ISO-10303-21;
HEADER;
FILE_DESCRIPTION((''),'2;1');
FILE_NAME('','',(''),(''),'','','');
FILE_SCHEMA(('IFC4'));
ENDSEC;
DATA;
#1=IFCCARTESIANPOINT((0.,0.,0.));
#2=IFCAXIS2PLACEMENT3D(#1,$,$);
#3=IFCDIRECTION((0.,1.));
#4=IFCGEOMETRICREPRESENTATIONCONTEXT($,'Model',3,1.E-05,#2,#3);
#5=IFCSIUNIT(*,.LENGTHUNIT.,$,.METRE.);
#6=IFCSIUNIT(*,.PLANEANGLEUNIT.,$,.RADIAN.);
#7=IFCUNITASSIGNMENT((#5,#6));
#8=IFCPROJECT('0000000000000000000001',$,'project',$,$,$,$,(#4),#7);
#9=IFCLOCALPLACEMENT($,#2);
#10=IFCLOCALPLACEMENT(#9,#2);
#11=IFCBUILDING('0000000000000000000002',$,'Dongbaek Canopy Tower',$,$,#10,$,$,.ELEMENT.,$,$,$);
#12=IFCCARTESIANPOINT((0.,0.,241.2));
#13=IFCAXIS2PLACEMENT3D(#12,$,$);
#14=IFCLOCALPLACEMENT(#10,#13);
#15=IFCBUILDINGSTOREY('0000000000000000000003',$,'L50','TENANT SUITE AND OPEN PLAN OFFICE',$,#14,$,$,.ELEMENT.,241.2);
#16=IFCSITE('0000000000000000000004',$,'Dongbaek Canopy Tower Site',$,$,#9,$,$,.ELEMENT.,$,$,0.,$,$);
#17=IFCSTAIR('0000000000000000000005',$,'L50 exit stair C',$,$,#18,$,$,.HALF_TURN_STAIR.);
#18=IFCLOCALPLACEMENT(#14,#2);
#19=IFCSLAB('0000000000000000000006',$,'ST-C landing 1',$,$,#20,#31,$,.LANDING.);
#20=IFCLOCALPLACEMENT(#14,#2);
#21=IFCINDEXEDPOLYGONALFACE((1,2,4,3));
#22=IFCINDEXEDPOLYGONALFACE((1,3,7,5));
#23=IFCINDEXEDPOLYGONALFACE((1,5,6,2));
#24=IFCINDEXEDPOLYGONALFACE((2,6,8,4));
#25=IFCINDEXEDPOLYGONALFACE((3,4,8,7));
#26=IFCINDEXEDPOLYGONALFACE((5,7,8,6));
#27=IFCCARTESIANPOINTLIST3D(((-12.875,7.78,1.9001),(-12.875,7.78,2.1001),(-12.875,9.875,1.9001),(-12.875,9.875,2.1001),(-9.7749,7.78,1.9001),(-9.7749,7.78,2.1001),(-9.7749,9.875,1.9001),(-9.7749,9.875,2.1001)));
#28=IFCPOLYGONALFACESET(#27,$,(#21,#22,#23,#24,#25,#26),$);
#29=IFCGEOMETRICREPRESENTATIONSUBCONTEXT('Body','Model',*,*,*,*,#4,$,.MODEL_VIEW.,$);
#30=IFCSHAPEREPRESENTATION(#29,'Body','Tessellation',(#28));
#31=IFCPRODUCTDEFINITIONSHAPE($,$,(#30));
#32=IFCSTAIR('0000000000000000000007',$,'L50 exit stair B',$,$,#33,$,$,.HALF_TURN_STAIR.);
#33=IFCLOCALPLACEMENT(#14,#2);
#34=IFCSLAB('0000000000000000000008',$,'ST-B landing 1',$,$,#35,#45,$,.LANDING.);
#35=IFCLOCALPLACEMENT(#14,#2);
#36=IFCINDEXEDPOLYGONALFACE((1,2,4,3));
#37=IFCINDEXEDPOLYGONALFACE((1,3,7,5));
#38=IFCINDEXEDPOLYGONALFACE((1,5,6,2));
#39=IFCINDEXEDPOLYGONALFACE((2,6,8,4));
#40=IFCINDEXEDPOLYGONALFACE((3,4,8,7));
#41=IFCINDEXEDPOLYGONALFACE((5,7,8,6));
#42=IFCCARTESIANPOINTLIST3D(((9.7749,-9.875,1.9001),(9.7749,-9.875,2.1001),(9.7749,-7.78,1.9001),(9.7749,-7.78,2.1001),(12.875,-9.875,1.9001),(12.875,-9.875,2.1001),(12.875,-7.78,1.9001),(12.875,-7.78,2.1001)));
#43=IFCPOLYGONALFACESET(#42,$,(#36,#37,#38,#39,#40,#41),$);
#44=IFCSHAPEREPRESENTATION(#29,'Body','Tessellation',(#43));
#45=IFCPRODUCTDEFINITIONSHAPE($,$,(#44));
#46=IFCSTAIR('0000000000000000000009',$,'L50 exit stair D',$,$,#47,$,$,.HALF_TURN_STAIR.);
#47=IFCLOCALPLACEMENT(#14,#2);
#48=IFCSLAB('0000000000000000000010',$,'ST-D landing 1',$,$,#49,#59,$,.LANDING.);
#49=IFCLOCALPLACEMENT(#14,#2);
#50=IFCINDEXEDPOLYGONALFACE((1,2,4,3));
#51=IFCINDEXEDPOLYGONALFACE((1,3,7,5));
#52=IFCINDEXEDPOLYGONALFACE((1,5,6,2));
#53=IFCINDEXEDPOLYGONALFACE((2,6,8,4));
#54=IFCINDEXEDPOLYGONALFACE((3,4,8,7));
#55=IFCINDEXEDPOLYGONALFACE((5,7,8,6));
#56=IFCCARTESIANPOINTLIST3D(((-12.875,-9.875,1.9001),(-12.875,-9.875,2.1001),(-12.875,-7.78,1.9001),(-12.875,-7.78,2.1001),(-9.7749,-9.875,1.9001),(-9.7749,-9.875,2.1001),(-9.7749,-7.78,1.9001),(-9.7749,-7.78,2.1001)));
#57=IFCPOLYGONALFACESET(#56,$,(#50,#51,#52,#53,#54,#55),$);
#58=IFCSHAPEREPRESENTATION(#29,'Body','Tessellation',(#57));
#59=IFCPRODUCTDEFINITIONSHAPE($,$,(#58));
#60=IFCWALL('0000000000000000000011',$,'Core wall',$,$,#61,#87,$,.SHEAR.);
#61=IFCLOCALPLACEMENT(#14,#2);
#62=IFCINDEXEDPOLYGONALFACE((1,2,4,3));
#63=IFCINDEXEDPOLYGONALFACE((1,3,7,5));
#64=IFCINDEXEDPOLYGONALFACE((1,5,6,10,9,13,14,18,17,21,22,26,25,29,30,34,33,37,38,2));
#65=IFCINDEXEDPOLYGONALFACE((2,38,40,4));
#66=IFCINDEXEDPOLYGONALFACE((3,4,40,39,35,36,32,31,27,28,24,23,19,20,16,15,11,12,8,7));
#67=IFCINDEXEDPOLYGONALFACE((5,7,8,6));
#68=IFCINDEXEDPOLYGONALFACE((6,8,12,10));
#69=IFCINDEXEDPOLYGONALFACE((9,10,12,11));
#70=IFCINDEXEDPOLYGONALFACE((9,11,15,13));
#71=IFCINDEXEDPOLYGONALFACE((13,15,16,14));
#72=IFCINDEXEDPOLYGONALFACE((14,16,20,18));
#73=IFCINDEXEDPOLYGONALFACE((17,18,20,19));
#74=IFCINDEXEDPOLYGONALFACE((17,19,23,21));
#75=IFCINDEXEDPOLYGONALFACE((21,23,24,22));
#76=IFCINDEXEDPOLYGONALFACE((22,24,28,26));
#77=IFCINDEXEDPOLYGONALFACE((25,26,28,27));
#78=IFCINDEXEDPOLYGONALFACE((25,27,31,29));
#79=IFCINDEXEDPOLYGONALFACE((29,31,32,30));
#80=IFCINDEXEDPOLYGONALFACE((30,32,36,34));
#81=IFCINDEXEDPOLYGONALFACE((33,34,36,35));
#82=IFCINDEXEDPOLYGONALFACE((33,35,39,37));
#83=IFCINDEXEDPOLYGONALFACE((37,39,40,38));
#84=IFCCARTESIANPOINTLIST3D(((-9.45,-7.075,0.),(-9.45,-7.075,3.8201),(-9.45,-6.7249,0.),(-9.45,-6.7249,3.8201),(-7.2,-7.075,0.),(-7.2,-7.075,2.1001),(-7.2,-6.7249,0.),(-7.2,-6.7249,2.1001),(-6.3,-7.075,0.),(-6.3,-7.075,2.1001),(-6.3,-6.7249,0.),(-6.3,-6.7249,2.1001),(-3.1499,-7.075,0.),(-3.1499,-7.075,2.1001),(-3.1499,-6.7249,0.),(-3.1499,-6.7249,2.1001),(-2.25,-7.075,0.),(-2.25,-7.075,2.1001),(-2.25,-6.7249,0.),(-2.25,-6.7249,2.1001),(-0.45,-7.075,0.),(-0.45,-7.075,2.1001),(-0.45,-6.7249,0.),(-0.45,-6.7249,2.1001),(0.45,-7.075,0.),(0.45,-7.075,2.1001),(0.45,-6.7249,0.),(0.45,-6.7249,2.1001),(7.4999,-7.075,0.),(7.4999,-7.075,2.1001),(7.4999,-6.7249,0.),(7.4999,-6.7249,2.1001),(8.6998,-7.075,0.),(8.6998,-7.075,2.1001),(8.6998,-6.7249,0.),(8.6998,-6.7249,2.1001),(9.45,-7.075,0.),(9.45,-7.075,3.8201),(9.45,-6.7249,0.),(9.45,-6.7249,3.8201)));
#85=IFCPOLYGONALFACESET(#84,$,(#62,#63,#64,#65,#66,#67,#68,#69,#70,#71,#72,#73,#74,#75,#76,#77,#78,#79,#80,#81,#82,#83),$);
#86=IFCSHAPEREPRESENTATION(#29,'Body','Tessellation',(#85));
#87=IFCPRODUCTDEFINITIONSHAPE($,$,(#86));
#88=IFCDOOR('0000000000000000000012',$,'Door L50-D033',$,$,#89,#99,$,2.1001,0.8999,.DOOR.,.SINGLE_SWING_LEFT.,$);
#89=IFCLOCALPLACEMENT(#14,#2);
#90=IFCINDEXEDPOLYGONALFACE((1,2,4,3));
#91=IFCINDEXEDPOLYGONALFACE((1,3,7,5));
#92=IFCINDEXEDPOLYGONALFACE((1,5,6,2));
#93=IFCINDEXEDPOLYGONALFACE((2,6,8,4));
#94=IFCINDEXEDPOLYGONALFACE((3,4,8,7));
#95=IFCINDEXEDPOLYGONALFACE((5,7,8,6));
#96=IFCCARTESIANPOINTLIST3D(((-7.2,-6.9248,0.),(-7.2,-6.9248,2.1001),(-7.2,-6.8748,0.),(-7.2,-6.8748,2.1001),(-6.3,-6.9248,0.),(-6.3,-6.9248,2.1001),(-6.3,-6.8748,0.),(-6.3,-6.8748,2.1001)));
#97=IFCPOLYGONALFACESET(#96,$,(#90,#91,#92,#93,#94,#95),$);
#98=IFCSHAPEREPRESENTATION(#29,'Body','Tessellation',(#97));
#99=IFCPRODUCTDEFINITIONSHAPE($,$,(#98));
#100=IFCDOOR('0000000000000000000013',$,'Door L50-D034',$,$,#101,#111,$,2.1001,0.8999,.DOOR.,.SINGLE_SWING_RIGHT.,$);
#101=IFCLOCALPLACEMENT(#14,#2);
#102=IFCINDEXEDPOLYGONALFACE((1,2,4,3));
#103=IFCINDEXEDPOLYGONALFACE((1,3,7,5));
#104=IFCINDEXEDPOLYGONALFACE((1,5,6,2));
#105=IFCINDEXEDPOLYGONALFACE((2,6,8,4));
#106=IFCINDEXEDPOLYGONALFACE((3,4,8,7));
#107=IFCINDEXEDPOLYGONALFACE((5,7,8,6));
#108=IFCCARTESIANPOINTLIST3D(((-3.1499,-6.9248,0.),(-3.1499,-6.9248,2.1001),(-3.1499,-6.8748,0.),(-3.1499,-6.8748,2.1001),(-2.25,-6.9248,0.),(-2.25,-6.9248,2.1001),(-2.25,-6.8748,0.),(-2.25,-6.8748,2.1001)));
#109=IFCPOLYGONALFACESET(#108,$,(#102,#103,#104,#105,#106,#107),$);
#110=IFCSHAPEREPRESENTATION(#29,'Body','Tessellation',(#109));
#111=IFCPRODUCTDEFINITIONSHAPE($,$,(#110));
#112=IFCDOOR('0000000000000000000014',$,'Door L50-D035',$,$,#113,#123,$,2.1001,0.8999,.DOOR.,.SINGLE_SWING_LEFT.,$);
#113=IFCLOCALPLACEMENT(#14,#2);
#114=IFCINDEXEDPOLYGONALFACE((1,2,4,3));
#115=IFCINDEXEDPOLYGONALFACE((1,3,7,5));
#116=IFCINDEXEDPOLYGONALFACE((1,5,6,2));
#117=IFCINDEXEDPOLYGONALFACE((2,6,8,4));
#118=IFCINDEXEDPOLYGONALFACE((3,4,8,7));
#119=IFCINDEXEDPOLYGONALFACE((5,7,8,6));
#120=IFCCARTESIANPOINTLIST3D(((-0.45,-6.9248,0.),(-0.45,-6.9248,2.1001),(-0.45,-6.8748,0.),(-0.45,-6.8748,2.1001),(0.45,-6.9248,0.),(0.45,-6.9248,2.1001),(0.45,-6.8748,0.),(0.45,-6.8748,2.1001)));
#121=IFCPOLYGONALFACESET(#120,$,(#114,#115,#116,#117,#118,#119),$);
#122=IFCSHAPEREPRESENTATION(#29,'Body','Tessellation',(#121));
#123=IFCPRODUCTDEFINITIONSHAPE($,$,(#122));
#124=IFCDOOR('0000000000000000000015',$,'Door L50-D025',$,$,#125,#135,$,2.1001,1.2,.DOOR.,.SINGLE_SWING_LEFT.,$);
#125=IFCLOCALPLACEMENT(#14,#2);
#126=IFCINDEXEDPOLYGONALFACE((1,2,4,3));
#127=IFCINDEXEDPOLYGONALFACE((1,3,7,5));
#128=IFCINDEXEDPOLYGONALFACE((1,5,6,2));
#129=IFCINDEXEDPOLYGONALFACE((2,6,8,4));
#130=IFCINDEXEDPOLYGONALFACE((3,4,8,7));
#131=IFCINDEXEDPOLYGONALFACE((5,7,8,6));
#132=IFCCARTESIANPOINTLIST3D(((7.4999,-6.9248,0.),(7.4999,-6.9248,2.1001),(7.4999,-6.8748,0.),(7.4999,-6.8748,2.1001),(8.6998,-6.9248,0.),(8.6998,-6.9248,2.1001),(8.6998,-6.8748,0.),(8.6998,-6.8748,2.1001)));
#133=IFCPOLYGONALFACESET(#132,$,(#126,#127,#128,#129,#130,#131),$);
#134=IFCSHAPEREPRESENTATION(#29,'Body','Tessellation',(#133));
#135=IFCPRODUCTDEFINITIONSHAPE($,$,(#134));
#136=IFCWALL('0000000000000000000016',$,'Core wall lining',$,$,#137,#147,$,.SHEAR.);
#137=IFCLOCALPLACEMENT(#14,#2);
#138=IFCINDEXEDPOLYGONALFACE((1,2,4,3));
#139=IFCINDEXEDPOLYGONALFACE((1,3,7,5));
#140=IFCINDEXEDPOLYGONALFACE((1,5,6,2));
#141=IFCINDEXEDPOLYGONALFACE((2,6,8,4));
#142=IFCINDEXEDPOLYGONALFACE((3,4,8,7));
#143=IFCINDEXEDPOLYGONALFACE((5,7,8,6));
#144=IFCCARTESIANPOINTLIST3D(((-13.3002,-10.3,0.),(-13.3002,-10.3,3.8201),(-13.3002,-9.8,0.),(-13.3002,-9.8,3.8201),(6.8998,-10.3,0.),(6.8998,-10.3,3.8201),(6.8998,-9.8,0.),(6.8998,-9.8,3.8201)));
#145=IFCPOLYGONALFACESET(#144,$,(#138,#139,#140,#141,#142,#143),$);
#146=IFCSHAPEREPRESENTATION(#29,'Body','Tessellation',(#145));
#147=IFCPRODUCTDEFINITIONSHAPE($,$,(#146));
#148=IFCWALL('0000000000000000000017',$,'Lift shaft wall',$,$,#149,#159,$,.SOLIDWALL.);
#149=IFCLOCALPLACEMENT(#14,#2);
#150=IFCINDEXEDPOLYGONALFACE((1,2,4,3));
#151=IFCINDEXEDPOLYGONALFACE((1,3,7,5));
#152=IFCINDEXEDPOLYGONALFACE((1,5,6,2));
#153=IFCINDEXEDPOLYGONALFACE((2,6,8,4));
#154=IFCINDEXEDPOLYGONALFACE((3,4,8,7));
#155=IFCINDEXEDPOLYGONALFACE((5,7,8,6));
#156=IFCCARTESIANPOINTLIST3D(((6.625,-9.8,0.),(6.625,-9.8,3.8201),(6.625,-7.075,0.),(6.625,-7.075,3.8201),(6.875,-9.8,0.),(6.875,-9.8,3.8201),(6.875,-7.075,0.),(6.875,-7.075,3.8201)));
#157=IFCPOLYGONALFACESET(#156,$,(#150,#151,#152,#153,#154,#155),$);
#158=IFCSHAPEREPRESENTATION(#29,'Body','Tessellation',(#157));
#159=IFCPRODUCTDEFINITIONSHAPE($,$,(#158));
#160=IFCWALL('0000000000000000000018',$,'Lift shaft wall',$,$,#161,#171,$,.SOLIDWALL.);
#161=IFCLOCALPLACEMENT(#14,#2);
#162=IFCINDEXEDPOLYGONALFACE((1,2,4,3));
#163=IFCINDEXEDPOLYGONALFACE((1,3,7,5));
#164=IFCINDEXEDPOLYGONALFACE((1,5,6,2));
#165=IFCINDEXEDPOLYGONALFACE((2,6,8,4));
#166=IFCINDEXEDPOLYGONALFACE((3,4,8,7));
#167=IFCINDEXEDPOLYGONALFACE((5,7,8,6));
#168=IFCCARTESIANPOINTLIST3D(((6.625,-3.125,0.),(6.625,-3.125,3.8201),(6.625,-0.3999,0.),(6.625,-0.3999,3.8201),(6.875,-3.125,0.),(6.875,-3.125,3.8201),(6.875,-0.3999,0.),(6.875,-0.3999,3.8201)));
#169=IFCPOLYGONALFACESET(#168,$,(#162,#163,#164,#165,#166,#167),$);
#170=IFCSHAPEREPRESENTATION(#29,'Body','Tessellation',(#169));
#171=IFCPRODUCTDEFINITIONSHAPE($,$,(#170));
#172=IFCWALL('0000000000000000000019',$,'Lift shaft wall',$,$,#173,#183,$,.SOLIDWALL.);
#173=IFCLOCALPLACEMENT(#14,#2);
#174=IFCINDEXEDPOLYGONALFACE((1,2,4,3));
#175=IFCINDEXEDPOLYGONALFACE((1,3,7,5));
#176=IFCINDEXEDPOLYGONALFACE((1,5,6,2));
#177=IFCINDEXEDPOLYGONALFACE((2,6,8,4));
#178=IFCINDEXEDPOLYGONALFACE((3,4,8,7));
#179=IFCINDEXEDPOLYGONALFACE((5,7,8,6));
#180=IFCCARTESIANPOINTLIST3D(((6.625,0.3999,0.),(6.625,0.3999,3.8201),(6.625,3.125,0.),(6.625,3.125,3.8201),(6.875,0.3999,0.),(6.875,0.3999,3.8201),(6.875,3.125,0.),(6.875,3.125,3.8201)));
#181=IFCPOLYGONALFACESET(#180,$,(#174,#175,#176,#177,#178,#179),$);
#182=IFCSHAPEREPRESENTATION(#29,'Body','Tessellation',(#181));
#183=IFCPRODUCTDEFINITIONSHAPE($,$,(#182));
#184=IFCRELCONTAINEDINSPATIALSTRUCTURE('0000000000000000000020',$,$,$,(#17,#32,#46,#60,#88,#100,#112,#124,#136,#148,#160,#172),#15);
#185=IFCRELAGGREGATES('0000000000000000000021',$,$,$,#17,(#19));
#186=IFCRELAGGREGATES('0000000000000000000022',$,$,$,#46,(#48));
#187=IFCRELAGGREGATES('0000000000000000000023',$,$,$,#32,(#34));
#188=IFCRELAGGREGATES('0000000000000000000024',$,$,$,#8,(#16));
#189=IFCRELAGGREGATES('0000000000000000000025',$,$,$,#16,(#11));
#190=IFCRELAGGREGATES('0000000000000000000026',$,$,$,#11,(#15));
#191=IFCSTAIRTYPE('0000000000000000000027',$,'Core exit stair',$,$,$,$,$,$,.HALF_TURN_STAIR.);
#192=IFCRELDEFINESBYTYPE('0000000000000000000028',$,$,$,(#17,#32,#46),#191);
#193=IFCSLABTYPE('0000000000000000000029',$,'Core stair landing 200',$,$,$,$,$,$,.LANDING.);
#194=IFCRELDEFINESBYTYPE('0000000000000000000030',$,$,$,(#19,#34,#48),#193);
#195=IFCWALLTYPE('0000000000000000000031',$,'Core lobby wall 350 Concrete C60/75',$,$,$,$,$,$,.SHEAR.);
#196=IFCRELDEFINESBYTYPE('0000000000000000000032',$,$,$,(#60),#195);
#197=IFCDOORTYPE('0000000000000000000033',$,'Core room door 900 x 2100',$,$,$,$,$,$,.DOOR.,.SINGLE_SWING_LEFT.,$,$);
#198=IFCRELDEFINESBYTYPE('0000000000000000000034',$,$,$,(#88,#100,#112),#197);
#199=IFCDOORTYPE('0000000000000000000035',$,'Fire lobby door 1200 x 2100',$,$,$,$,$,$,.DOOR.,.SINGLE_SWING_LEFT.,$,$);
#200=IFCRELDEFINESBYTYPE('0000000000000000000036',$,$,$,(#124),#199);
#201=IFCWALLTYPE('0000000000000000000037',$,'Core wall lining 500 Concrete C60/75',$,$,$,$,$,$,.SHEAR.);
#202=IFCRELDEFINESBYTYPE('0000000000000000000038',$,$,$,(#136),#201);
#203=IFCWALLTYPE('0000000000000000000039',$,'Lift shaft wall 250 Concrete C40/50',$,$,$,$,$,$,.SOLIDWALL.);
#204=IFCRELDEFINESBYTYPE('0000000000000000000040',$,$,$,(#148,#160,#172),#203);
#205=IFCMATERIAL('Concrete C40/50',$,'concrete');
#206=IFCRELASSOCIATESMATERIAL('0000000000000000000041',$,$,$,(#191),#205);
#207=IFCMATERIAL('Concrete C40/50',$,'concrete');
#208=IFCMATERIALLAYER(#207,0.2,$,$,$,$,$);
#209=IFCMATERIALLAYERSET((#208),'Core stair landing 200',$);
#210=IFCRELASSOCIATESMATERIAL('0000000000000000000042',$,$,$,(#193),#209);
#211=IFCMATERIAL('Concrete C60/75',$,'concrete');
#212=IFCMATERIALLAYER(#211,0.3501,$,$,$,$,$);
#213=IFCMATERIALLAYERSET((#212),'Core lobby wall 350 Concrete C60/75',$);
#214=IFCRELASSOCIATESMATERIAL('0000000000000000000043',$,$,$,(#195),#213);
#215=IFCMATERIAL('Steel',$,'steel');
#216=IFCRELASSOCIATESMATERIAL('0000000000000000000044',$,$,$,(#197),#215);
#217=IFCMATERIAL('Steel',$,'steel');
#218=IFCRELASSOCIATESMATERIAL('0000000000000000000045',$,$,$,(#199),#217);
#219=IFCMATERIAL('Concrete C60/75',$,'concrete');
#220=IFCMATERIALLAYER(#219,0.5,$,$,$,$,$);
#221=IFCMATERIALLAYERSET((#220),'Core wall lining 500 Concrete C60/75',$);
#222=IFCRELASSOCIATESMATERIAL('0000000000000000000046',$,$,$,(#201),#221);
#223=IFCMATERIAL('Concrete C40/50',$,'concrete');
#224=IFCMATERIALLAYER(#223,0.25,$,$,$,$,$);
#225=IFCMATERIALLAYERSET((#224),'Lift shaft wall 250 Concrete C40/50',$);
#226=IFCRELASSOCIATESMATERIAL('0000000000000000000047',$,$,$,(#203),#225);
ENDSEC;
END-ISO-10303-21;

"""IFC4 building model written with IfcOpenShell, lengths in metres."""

from ifc_helpers import new_model, si_unit, direction, frame, frame_2d, origin, place, context, subcontext, project, spatial, polyline, rectangle, outline, extrude, material, layer, layer_set, type_object, element, fill, aggregate, save


model = new_model("IFC4")

# Units and contexts
model_context = context("Model", 3, precision=1e-05, world=origin(), true_north=direction((0.0, 1.0)))
body_context = subcontext(model_context, "Body", "Model", "MODEL_VIEW")
ifc_project = project(units=[si_unit("LENGTHUNIT", "METRE"), si_unit("PLANEANGLEUNIT", "RADIAN")], contexts=[model_context])

# Site, building, storey
site_placement = place(None, origin())
site = spatial("IfcSite", under=ifc_project, at=site_placement, Name="Dongbaek Canopy Tower Site", CompositionType="ELEMENT", RefElevation=0.0)
building_placement = place(site_placement, origin())
building = spatial("IfcBuilding", under=site, at=building_placement, Name="Dongbaek Canopy Tower", CompositionType="ELEMENT")
storey_placement = place(building_placement, frame((0.0, 0.0, 241.2)))
storey = spatial("IfcBuildingStorey", under=building, at=storey_placement, Name="L50", Description="TENANT SUITE AND OPEN PLAN OFFICE", CompositionType="ELEMENT", Elevation=241.2)

# Stairs, slabs
ifc_material_1 = material(Name="Concrete C40/50", Category="concrete")
stair_type = type_object("IfcStairType", Name="Core exit stair", PredefinedType="HALF_TURN_STAIR", material=ifc_material_1)
stair_1_placement = place(storey_placement, origin())
stair_1 = element("IfcStair", 1, at=stair_1_placement, inside=storey, type_object=stair_type, Name="L50 exit stair C", PredefinedType="HALF_TURN_STAIR")
ifc_material_2 = material(Name="Concrete C40/50", Category="concrete")
ifc_layer_1 = layer(ifc_material_2, 0.2)
ifc_layer_set_1 = layer_set([ifc_layer_1], Name="Core stair landing 200")
slab_type = type_object("IfcSlabType", Name="Core stair landing 200", PredefinedType="LANDING", material=ifc_layer_set_1)
slab_1_placement = place(storey_placement, frame((0.0, 0.0, 1.9001)))
slab_1 = element("IfcSlab", 2, at=slab_1_placement, type_object=slab_type, Name="ST-C landing 1", PredefinedType="LANDING", context=body_context, shape_type="SweptSolid", body=[
    extrude(outline(polyline([(-9.7749, 7.78), (-9.7749, 9.875), (-12.875, 9.875), (-12.875, 7.78), (-9.7749, 7.78)])), origin(), (0.0, 0.0, 1.0), 0.2),
])
aggregate(stair_1, [slab_1])
stair_2_placement = place(storey_placement, origin())
stair_2 = element("IfcStair", 3, at=stair_2_placement, inside=storey, type_object=stair_type, Name="L50 exit stair B", PredefinedType="HALF_TURN_STAIR")
slab_2_placement = place(storey_placement, frame((0.0, 0.0, 1.9001)))
slab_2 = element("IfcSlab", 4, at=slab_2_placement, type_object=slab_type, Name="ST-B landing 1", PredefinedType="LANDING", context=body_context, shape_type="SweptSolid", body=[
    extrude(outline(polyline([(9.7749, -7.78), (9.7749, -9.875), (12.875, -9.875), (12.875, -7.78), (9.7749, -7.78)])), origin(), (0.0, 0.0, 1.0), 0.2),
])
stair_3_placement = place(storey_placement, origin())
stair_3 = element("IfcStair", 5, at=stair_3_placement, inside=storey, type_object=stair_type, Name="L50 exit stair D", PredefinedType="HALF_TURN_STAIR")
slab_3_placement = place(storey_placement, frame((0.0, 0.0, 1.9001)))
slab_3 = element("IfcSlab", 6, at=slab_3_placement, type_object=slab_type, Name="ST-D landing 1", PredefinedType="LANDING", context=body_context, shape_type="SweptSolid", body=[
    extrude(outline(polyline([(-12.875, -7.78), (-12.875, -9.875), (-9.7749, -9.875), (-9.7749, -7.78), (-12.875, -7.78)])), origin(), (0.0, 0.0, 1.0), 0.2),
])
aggregate(stair_3, [slab_3])

# Wall, openings, doors
ifc_material_3 = material(Name="Concrete C60/75", Category="concrete")
ifc_layer_2 = layer(ifc_material_3, 0.3501)
ifc_layer_set_2 = layer_set([ifc_layer_2], Name="Core lobby wall 350 Concrete C60/75")
wall_type_1 = type_object("IfcWallType", Name="Core lobby wall 350 Concrete C60/75", PredefinedType="SHEAR", material=ifc_layer_set_2)
wall_1_placement = place(storey_placement, frame((9.45, -6.8999, 0.0), z_axis=(0.0, 0.0, 1.0), x_axis=(-1.0, 0.0, 0.0)))
wall_1 = element("IfcWall", 7, at=wall_1_placement, inside=storey, type_object=wall_type_1, Name="Core wall", PredefinedType="SHEAR", context=body_context, shape_type="SweptSolid", body=[
    extrude(rectangle(XDim=18.8999, YDim=0.3501, at=frame_2d((9.45, 0.0))), origin(), (0.0, 0.0, 1.0), 3.8201),
])
opening_1_placement = place(wall_1_placement, frame((0.75, 0.0, 0.0)))
opening_1 = element("IfcOpeningElement", 8, at=opening_1_placement, cuts=wall_1, PredefinedType="OPENING", context=body_context, shape_type="SweptSolid", body=[
    extrude(rectangle(XDim=1.2, YDim=2.1001, at=frame_2d((0.6001, 1.05))), frame((0.0, 0.1851, 0.0), z_axis=(0.0, -1.0, 0.0), x_axis=(1.0, 0.0, 0.0)), (0.0, 0.0, 1.0), 0.3701),
])
opening_2_placement = place(wall_1_placement, frame((15.75, 0.0, 0.0)))
opening_2 = element("IfcOpeningElement", 9, at=opening_2_placement, cuts=wall_1, PredefinedType="OPENING", context=body_context, shape_type="SweptSolid", body=[
    extrude(rectangle(XDim=0.8999, YDim=2.1001, at=frame_2d((0.45, 1.05))), frame((0.0, 0.1851, 0.0), z_axis=(0.0, -1.0, 0.0), x_axis=(1.0, 0.0, 0.0)), (0.0, 0.0, 1.0), 0.3701),
])
opening_3_placement = place(wall_1_placement, frame((11.7, 0.0, 0.0)))
opening_3 = element("IfcOpeningElement", 10, at=opening_3_placement, cuts=wall_1, PredefinedType="OPENING", context=body_context, shape_type="SweptSolid", body=[
    extrude(rectangle(XDim=0.8999, YDim=2.1001, at=frame_2d((0.45, 1.05))), frame((0.0, 0.1851, 0.0), z_axis=(0.0, -1.0, 0.0), x_axis=(1.0, 0.0, 0.0)), (0.0, 0.0, 1.0), 0.3701),
])
opening_4_placement = place(wall_1_placement, frame((9.0, 0.0, 0.0)))
opening_4 = element("IfcOpeningElement", 11, at=opening_4_placement, cuts=wall_1, PredefinedType="OPENING", context=body_context, shape_type="SweptSolid", body=[
    extrude(rectangle(XDim=0.8999, YDim=2.1001, at=frame_2d((0.45, 1.05))), frame((0.0, 0.1851, 0.0), z_axis=(0.0, -1.0, 0.0), x_axis=(1.0, 0.0, 0.0)), (0.0, 0.0, 1.0), 0.3701),
])
ifc_material_4 = material(Name="Steel", Category="steel")
door_type_1 = type_object("IfcDoorType", Name="Core room door 900 x 2100", OperationType="SINGLE_SWING_LEFT", PredefinedType="DOOR", material=ifc_material_4)
door_1_placement = place(opening_2_placement, origin())
door_1 = element("IfcDoor", 12, at=door_1_placement, inside=storey, type_object=door_type_1, Name="Door L50-D033", OperationType="SINGLE_SWING_LEFT", OverallHeight=2.1001, OverallWidth=0.8999, PredefinedType="DOOR", context=body_context, shape_type="SweptSolid", body=[
    extrude(rectangle(XDim=0.8999, YDim=2.1001, at=frame_2d((0.45, 1.05))), frame((0.0, 0.0249, 0.0), z_axis=(0.0, -1.0, 0.0), x_axis=(1.0, 0.0, 0.0)), (0.0, 0.0, 1.0), 0.05),
])
fill(opening_2, door_1)
door_2_placement = place(opening_3_placement, origin())
door_2 = element("IfcDoor", 13, at=door_2_placement, inside=storey, type_object=door_type_1, Name="Door L50-D034", OperationType="SINGLE_SWING_RIGHT", OverallHeight=2.1001, OverallWidth=0.8999, PredefinedType="DOOR", context=body_context, shape_type="SweptSolid", body=[
    extrude(rectangle(XDim=0.8999, YDim=2.1001, at=frame_2d((0.45, 1.05))), frame((0.0, 0.0249, 0.0), z_axis=(0.0, -1.0, 0.0), x_axis=(1.0, 0.0, 0.0)), (0.0, 0.0, 1.0), 0.05),
])
fill(opening_3, door_2)
door_3_placement = place(opening_4_placement, origin())
door_3 = element("IfcDoor", 14, at=door_3_placement, inside=storey, type_object=door_type_1, Name="Door L50-D035", OperationType="SINGLE_SWING_LEFT", OverallHeight=2.1001, OverallWidth=0.8999, PredefinedType="DOOR", context=body_context, shape_type="SweptSolid", body=[
    extrude(rectangle(XDim=0.8999, YDim=2.1001, at=frame_2d((0.45, 1.05))), frame((0.0, 0.0249, 0.0), z_axis=(0.0, -1.0, 0.0), x_axis=(1.0, 0.0, 0.0)), (0.0, 0.0, 1.0), 0.05),
])
fill(opening_4, door_3)
ifc_material_5 = material(Name="Steel", Category="steel")
door_type_2 = type_object("IfcDoorType", Name="Fire lobby door 1200 x 2100", OperationType="SINGLE_SWING_LEFT", PredefinedType="DOOR", material=ifc_material_5)
door_4_placement = place(opening_1_placement, origin())
door_4 = element("IfcDoor", 15, at=door_4_placement, inside=storey, type_object=door_type_2, Name="Door L50-D025", OperationType="SINGLE_SWING_LEFT", OverallHeight=2.1001, OverallWidth=1.2, PredefinedType="DOOR", context=body_context, shape_type="SweptSolid", body=[
    extrude(rectangle(XDim=1.2, YDim=2.1001, at=frame_2d((0.6001, 1.05))), frame((0.0, 0.0249, 0.0), z_axis=(0.0, -1.0, 0.0), x_axis=(1.0, 0.0, 0.0)), (0.0, 0.0, 1.0), 0.05),
])
fill(opening_1, door_4)

# Walls
ifc_material_6 = material(Name="Concrete C60/75", Category="concrete")
ifc_layer_3 = layer(ifc_material_6, 0.5)
ifc_layer_set_3 = layer_set([ifc_layer_3], Name="Core wall lining 500 Concrete C60/75")
wall_type_2 = type_object("IfcWallType", Name="Core wall lining 500 Concrete C60/75", PredefinedType="SHEAR", material=ifc_layer_set_3)
wall_2_placement = place(storey_placement, frame((6.8999, -10.05, 0.0), z_axis=(0.0, 0.0, 1.0), x_axis=(-1.0, 0.0, 0.0)))
element("IfcWall", 16, at=wall_2_placement, inside=storey, type_object=wall_type_2, Name="Core wall lining", PredefinedType="SHEAR", context=body_context, shape_type="SweptSolid", body=[
    extrude(rectangle(XDim=20.2, YDim=0.5, at=frame_2d((10.1001, 0.0))), origin(), (0.0, 0.0, 1.0), 3.8201),
])
ifc_material_7 = material(Name="Concrete C40/50", Category="concrete")
ifc_layer_4 = layer(ifc_material_7, 0.25)
ifc_layer_set_4 = layer_set([ifc_layer_4], Name="Lift shaft wall 250 Concrete C40/50")
wall_type_3 = type_object("IfcWallType", Name="Lift shaft wall 250 Concrete C40/50", PredefinedType="SOLIDWALL", material=ifc_layer_set_4)
for number, where, z_axis, x_axis, name in (
    (17, (6.75, -9.8, 0.0), (0.0, 0.0, 1.0), (0.0, 1.0, 0.0), "Lift shaft wall"),
    (18, (6.75, -3.125, 0.0), (0.0, 0.0, 1.0), (0.0, 1.0, 0.0), "Lift shaft wall"),
    (19, (6.75, 0.3999, 0.0), (0.0, 0.0, 1.0), (0.0, 1.0, 0.0), "Lift shaft wall"),
):
    element("IfcWall", number, at=place(storey_placement, frame(where, z_axis=z_axis, x_axis=x_axis)), inside=storey, type_object=wall_type_3, Name=name, PredefinedType="SOLIDWALL", context=body_context, shape_type="SweptSolid", body=[
        extrude(rectangle(XDim=2.7251, YDim=0.25, at=frame_2d((1.3625, 0.0))), origin(), (0.0, 0.0, 1.0), 3.8201),
    ])

aggregate(stair_2, [slab_2])

save(model, "model.ifc")
